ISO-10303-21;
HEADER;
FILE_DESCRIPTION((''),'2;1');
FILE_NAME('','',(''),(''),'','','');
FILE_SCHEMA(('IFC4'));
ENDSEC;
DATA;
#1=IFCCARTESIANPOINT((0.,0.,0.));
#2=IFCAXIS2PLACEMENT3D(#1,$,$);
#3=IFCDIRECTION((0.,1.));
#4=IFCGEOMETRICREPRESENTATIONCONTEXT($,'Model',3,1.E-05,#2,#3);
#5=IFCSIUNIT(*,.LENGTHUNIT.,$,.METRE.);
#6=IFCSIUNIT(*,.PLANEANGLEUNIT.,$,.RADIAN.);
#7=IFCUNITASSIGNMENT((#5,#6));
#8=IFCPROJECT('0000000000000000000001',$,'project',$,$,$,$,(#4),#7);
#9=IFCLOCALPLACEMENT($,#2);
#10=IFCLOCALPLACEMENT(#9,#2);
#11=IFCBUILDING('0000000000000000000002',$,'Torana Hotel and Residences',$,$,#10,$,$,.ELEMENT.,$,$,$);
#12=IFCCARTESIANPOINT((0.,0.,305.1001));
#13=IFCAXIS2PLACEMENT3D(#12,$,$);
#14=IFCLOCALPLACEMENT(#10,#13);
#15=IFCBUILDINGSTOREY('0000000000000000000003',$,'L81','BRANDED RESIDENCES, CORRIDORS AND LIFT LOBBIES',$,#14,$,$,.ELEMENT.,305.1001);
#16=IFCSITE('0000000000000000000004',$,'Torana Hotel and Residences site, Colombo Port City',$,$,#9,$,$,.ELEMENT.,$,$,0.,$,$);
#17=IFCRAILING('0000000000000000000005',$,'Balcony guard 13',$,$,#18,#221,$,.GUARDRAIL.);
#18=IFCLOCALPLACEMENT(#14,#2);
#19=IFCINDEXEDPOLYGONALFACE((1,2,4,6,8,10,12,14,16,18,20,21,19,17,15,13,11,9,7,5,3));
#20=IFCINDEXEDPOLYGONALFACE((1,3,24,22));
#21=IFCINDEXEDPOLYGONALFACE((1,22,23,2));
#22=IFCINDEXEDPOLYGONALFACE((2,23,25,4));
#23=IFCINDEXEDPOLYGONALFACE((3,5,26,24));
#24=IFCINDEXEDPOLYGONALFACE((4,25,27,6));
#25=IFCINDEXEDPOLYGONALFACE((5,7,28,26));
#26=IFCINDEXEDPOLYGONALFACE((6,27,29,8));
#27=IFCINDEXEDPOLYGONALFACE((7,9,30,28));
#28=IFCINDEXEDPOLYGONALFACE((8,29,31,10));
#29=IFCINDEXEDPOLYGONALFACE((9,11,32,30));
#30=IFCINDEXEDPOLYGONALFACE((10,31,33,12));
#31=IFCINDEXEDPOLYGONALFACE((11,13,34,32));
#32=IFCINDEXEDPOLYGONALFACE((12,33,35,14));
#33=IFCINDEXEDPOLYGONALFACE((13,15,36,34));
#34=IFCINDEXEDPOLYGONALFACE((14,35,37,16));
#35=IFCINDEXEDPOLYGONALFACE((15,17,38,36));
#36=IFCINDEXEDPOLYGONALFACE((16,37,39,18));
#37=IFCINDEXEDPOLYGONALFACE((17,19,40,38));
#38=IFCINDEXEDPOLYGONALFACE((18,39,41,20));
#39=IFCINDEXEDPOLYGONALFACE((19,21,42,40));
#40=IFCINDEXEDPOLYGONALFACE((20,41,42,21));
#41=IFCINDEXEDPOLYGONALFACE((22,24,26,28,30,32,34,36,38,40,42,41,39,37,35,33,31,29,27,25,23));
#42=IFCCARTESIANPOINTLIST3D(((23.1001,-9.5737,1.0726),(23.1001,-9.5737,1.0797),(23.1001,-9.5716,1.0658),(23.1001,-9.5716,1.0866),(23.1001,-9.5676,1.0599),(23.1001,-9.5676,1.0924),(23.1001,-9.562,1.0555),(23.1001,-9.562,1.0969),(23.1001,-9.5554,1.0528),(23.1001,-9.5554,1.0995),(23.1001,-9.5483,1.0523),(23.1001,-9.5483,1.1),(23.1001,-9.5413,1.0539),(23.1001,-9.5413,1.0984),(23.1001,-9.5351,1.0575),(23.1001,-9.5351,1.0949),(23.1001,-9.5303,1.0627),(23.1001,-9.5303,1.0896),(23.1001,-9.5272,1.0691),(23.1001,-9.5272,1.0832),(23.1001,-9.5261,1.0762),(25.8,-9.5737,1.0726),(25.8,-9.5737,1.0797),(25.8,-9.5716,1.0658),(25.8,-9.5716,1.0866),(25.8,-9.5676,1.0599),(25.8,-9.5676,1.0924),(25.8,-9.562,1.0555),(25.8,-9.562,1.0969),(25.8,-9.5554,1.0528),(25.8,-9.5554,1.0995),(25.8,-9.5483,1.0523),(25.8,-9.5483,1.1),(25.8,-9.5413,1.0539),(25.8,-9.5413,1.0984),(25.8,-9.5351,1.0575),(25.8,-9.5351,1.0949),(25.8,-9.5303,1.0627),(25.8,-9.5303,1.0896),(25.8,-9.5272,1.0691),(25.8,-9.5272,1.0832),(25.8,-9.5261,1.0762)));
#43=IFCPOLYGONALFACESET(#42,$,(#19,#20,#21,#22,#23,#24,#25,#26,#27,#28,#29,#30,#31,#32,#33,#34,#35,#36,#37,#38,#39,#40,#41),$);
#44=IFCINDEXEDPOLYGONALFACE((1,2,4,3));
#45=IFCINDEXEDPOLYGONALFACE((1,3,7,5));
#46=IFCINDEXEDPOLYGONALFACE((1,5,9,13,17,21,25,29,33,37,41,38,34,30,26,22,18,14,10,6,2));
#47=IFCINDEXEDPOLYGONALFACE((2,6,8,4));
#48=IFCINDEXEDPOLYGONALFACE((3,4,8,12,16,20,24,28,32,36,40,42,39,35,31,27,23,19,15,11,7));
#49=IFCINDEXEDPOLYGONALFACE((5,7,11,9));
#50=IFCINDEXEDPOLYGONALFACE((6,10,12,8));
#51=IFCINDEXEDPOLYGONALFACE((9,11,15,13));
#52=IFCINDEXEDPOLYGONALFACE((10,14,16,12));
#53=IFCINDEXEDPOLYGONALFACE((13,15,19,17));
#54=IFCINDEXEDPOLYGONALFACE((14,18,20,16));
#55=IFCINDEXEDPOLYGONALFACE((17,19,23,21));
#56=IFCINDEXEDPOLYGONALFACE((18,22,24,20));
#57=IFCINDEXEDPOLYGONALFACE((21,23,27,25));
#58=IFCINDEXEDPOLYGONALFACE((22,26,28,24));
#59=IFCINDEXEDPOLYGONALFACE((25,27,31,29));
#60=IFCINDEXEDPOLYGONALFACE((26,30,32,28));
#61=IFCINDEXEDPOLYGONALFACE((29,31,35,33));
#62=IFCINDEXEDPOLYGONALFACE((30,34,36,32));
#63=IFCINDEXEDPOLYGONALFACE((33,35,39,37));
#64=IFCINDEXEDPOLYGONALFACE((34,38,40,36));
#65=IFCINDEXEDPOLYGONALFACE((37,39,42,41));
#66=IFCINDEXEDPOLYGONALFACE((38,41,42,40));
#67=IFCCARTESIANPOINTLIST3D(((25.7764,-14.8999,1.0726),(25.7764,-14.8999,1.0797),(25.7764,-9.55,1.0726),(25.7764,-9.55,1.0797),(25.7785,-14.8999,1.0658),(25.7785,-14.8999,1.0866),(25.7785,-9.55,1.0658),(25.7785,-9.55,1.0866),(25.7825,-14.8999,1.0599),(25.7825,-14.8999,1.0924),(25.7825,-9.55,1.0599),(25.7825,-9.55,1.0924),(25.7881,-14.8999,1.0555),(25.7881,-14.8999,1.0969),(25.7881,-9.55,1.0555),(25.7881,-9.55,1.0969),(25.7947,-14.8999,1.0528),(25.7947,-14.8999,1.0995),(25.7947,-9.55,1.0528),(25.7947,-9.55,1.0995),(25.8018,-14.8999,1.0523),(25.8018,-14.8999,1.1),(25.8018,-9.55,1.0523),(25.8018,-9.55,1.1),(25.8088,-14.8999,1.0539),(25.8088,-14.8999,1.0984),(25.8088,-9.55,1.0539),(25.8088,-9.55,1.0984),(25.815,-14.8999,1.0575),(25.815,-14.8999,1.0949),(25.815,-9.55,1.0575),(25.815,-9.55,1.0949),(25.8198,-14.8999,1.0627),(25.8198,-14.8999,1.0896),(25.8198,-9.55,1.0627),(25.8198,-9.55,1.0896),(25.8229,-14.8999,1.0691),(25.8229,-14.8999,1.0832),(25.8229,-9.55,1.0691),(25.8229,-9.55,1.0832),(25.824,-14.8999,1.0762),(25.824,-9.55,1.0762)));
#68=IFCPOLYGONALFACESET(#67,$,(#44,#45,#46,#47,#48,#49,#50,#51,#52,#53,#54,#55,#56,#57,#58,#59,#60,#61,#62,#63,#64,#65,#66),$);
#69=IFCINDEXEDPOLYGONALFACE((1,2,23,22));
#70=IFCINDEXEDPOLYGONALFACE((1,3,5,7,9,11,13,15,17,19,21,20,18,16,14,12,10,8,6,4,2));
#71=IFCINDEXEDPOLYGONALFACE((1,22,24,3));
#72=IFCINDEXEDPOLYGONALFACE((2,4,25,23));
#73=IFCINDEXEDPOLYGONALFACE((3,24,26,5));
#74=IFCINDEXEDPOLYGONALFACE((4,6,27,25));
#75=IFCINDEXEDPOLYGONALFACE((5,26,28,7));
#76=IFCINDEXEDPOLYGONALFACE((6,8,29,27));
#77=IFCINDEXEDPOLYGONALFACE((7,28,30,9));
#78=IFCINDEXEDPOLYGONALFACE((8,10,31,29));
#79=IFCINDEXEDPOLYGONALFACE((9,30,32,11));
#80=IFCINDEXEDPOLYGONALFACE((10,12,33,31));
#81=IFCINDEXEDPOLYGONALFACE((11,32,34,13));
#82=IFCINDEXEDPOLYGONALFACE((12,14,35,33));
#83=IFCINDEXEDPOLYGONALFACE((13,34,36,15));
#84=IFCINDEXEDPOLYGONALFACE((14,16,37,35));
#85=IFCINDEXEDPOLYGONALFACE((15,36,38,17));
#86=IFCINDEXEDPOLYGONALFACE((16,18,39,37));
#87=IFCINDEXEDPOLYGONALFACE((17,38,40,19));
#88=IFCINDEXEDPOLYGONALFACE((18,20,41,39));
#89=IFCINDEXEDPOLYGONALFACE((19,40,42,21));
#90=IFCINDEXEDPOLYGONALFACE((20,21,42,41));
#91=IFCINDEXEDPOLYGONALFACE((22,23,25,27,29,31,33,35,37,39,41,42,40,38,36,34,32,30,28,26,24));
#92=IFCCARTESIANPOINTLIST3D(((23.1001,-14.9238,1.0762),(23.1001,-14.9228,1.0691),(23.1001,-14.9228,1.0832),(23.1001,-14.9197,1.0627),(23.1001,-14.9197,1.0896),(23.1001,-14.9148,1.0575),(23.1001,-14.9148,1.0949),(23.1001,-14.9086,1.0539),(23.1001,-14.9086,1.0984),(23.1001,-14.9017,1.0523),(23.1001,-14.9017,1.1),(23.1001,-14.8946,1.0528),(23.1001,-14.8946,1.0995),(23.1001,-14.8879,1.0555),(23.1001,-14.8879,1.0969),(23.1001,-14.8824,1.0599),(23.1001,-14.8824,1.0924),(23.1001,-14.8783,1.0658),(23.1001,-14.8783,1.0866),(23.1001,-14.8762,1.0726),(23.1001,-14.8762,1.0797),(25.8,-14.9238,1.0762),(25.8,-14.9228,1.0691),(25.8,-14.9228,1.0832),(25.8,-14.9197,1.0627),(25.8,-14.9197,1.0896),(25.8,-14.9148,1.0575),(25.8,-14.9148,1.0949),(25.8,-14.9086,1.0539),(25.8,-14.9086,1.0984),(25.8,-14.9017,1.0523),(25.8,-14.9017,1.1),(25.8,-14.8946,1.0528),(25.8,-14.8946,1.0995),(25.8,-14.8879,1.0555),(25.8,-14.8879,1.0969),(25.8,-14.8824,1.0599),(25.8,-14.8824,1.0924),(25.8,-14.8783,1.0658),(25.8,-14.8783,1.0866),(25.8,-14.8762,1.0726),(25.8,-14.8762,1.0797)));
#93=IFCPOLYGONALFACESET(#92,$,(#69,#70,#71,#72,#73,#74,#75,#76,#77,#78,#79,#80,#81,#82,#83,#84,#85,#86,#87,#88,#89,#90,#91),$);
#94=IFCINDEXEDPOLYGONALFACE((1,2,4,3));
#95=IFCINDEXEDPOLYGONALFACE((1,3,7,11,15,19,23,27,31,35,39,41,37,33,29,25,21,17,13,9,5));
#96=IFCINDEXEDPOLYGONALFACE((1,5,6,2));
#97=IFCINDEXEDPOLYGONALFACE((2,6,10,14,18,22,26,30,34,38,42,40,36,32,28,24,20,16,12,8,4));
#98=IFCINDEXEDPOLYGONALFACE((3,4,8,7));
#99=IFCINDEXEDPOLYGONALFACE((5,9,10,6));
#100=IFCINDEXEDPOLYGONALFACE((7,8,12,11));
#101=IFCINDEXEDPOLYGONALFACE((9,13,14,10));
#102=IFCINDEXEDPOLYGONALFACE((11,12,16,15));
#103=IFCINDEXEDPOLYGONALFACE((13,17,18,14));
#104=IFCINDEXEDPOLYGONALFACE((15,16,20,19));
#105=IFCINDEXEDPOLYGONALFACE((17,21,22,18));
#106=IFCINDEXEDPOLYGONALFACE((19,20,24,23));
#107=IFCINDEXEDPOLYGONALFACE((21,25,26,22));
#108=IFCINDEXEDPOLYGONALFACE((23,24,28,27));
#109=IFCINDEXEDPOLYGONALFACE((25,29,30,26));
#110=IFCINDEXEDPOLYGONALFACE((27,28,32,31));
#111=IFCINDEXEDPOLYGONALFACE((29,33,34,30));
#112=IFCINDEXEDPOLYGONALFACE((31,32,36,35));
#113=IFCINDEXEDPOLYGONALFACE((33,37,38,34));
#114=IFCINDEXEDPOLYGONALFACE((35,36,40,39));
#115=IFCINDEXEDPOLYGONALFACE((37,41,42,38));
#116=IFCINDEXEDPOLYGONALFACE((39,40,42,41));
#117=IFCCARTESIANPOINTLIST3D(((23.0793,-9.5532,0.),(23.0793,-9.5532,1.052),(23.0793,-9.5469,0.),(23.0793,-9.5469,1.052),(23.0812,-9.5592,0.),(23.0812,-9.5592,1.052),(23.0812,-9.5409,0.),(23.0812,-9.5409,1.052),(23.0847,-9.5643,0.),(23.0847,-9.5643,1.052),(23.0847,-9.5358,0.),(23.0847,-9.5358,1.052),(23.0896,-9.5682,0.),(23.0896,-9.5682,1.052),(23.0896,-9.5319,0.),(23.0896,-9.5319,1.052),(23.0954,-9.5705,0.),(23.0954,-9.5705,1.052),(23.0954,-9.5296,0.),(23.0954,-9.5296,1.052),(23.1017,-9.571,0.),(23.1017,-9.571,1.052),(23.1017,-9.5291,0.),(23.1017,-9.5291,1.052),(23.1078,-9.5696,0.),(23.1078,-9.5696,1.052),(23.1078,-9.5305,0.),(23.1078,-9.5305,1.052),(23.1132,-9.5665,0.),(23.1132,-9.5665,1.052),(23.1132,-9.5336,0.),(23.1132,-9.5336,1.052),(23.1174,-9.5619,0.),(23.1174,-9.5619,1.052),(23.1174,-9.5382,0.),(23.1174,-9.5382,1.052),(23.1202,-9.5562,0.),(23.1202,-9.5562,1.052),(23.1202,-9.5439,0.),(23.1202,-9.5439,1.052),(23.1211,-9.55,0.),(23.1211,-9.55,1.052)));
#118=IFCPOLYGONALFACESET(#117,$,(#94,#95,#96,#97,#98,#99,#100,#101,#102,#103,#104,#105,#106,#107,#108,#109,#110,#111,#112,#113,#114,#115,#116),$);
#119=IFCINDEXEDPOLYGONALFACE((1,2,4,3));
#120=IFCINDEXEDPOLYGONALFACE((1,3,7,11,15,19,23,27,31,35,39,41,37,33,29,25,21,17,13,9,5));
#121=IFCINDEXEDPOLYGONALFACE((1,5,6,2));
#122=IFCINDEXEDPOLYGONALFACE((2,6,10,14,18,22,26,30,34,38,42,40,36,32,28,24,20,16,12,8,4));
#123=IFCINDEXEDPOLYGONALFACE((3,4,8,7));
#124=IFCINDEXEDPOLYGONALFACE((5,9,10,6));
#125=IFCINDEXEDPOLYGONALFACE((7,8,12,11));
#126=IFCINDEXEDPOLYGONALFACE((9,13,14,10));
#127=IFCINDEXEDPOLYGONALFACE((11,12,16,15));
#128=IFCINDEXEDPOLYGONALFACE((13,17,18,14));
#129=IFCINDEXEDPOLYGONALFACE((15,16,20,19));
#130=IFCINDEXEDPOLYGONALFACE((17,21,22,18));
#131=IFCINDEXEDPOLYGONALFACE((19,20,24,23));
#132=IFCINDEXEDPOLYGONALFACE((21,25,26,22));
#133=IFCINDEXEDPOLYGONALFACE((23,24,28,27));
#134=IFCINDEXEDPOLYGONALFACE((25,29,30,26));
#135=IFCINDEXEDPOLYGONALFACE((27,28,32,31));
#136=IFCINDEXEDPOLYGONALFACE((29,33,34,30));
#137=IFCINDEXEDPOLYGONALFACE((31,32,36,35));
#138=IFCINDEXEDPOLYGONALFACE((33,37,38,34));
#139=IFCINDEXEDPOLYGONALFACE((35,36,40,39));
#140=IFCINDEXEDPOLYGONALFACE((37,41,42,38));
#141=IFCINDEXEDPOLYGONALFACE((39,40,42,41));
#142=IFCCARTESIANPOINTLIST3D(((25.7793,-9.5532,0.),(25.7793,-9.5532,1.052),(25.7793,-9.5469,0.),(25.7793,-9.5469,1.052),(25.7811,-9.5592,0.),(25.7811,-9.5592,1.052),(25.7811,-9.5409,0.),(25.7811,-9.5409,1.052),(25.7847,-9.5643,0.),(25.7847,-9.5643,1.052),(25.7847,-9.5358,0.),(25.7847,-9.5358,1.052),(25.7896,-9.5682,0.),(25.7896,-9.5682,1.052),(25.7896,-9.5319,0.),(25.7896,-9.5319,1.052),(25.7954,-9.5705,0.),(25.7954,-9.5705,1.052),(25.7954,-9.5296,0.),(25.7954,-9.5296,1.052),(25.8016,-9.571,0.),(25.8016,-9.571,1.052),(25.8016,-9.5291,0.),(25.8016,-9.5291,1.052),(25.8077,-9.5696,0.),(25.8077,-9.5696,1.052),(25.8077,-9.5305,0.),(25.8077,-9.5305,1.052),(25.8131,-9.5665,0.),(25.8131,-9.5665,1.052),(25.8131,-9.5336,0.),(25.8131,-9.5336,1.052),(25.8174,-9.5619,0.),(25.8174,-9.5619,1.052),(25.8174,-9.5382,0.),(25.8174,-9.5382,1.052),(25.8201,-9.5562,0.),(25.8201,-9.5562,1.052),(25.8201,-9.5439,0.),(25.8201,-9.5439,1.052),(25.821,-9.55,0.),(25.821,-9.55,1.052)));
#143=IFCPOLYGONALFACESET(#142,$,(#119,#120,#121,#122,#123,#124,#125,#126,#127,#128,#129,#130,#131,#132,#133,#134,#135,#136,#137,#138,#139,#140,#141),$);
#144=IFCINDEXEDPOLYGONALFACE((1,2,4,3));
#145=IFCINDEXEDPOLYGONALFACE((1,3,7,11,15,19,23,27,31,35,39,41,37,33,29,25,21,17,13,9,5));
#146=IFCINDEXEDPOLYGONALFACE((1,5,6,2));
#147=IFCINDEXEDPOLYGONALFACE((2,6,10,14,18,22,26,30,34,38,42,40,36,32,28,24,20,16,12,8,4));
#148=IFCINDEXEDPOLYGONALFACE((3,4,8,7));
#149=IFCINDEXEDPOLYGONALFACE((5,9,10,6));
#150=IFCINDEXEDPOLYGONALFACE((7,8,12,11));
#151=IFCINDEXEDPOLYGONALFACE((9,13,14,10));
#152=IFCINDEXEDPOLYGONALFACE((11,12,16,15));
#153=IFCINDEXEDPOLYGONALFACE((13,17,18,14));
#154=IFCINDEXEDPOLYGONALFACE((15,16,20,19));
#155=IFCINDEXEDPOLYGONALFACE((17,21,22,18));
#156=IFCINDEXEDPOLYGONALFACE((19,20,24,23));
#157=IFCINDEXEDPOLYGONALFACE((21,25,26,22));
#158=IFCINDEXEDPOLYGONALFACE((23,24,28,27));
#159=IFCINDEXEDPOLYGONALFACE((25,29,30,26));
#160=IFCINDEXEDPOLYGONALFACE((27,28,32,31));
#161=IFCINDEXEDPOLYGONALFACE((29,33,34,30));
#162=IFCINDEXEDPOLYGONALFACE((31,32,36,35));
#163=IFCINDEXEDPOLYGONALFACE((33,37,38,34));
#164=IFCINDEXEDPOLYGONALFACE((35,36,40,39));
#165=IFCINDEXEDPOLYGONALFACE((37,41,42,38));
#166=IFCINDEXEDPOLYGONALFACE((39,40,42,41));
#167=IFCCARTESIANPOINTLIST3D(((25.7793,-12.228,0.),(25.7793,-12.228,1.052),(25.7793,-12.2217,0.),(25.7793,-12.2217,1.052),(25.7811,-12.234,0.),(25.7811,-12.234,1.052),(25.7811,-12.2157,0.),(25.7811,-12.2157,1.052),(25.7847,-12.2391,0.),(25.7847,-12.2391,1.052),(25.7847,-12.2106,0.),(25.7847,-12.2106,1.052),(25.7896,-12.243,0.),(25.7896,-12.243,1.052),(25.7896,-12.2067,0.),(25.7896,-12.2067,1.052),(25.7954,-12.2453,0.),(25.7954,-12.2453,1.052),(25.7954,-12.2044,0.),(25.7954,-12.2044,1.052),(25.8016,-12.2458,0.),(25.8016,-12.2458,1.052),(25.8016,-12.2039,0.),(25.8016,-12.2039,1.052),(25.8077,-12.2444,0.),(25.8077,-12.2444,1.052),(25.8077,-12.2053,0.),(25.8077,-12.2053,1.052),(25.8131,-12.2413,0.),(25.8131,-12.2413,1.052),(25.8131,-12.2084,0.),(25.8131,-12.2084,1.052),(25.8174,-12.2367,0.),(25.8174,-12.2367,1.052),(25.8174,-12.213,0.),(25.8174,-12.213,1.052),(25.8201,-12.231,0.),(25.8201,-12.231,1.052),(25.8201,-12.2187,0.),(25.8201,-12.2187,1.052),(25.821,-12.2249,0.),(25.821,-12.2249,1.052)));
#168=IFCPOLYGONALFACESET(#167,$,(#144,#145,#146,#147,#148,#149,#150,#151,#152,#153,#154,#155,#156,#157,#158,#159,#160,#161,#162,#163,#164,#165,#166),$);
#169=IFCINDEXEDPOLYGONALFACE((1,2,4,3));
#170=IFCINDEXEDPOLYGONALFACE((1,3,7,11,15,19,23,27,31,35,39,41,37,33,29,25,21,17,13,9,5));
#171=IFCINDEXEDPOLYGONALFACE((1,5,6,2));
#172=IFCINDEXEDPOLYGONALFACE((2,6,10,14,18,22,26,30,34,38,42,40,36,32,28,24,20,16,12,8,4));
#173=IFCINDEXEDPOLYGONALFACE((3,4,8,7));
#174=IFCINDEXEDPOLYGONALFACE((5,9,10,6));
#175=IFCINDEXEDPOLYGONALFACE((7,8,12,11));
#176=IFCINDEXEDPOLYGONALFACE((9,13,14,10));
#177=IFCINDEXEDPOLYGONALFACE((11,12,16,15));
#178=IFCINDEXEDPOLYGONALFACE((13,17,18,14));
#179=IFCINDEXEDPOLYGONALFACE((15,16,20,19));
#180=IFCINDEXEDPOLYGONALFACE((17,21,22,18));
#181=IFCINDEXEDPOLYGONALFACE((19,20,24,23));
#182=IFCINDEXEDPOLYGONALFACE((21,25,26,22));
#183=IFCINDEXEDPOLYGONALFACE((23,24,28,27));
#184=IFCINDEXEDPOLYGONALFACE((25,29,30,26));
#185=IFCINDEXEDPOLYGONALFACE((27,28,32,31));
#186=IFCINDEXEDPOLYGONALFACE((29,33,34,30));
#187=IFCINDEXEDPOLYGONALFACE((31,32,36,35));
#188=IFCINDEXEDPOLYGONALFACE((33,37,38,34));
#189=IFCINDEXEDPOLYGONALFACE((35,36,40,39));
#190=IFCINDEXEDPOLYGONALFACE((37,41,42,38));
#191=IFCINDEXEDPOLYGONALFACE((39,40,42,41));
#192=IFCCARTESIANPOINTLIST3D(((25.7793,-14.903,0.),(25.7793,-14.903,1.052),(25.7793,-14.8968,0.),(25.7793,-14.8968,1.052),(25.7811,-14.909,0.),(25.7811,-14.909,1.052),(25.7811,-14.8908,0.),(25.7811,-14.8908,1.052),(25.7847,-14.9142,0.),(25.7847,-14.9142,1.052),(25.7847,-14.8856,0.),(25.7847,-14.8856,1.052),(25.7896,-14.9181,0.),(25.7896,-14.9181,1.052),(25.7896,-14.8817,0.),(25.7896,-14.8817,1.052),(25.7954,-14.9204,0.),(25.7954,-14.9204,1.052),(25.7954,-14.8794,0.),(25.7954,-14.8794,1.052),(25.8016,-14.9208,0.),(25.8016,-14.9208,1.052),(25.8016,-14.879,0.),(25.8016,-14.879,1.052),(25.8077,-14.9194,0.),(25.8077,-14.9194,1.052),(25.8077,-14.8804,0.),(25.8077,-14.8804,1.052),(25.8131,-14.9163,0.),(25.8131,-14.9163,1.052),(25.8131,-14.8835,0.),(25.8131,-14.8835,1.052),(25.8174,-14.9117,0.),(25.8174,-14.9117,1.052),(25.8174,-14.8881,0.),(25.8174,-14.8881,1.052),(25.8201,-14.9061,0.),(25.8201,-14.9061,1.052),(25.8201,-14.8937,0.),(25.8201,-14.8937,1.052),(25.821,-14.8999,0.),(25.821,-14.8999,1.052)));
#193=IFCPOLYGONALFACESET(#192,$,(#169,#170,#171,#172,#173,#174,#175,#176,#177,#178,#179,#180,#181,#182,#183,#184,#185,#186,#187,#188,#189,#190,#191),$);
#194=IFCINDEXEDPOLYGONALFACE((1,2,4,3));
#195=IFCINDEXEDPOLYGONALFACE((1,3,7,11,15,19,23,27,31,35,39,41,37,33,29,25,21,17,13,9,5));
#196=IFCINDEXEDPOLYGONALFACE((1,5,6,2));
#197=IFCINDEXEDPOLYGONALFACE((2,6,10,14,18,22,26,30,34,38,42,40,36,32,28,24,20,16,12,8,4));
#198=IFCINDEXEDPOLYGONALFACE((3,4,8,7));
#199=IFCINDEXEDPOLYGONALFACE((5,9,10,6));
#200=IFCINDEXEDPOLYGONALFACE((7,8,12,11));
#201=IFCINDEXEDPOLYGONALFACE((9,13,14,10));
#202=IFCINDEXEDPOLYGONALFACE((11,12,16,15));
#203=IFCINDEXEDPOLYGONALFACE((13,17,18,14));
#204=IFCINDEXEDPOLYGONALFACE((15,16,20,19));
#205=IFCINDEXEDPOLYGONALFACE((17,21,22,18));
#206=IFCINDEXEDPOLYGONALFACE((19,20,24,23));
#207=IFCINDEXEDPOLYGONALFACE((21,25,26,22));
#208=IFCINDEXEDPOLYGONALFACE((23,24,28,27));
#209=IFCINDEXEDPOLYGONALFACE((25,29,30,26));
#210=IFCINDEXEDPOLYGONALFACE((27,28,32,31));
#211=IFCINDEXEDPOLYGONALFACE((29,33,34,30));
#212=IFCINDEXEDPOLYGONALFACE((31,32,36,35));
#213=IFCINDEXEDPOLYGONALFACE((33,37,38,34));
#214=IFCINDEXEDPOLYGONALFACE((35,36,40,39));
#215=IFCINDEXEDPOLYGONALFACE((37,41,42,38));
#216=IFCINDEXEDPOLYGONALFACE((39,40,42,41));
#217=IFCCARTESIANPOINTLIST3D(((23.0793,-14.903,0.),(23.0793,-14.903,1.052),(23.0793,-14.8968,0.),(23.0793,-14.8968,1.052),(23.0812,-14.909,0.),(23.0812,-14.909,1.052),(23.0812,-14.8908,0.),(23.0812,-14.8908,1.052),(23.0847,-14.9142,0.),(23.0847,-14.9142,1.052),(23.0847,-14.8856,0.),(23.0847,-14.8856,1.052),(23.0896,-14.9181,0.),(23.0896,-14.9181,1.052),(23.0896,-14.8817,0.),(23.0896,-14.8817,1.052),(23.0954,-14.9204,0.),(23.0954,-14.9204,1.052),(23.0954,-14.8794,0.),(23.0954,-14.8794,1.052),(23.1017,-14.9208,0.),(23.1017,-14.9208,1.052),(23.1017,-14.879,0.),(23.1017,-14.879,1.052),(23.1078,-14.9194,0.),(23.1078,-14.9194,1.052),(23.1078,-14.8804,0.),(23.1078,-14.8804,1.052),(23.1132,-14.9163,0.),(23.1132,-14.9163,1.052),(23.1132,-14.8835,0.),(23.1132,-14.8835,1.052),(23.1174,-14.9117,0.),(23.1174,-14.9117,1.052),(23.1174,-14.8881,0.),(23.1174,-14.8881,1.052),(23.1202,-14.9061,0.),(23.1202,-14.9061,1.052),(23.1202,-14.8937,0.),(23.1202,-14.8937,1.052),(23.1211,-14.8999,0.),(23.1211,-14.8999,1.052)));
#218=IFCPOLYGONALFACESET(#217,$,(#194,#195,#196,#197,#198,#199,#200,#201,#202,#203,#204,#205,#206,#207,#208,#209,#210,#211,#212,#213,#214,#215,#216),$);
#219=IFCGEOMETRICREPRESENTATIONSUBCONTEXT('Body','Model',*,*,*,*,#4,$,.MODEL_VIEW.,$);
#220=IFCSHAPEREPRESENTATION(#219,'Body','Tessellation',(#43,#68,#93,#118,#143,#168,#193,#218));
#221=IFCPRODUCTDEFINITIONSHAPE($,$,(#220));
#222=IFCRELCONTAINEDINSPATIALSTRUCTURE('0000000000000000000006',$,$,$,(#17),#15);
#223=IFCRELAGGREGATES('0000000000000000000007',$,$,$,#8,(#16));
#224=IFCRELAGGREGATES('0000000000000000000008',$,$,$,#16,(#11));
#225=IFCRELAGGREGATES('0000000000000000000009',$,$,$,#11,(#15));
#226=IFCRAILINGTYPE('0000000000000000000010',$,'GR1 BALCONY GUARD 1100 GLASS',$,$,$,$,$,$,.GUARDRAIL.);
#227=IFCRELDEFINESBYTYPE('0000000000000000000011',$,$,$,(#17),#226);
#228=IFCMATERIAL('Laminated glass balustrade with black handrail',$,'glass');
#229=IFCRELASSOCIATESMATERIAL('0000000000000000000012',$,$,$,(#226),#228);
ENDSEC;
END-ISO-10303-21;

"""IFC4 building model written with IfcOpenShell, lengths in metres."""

from ifc_helpers import new_model, si_unit, direction, frame, origin, origin_2d, place, context, subcontext, project, spatial, circle, extrude, material, type_object, element, save


model = new_model("IFC4")

# Units and contexts
model_context = context("Model", 3, precision=1e-05, world=origin(), true_north=direction((0.0, 1.0)))
body_context = subcontext(model_context, "Body", "Model", "MODEL_VIEW")
ifc_project = project(units=[si_unit("LENGTHUNIT", "METRE"), si_unit("PLANEANGLEUNIT", "RADIAN")], contexts=[model_context])

# Site, building, storey
site_placement = place(None, origin())
site = spatial("IfcSite", under=ifc_project, at=site_placement, Name="Torana Hotel and Residences site, Colombo Port City", CompositionType="ELEMENT", RefElevation=0.0)
building_placement = place(site_placement, origin())
building = spatial("IfcBuilding", under=site, at=building_placement, Name="Torana Hotel and Residences", CompositionType="ELEMENT")
storey_placement = place(building_placement, frame((0.0, 0.0, 305.1001)))
storey = spatial("IfcBuildingStorey", under=building, at=storey_placement, Name="L81", Description="BRANDED RESIDENCES, CORRIDORS AND LIFT LOBBIES", CompositionType="ELEMENT", Elevation=305.1001)

# Railing
ifc_material_1 = material(Name="Laminated glass balustrade with black handrail", Category="glass")
railing_type = type_object("IfcRailingType", Name="GR1 BALCONY GUARD 1100 GLASS", PredefinedType="GUARDRAIL", material=ifc_material_1)
railing_1_placement = place(storey_placement, frame((23.1001, -9.55, 0.0)))
element("IfcRailing", 1, at=railing_1_placement, inside=storey, type_object=railing_type, Name="Balcony guard 13", PredefinedType="GUARDRAIL", context=body_context, shape_type="SweptSolid", body=[
    extrude(circle(Radius=0.0239, at=origin_2d()), frame((0.0, 0.0, 1.0762), z_axis=(1.0, 0.0, 0.0), x_axis=(0.0, 1.0, 0.0)), (0.0, 0.0, 1.0), 2.7),
    extrude(circle(Radius=0.0239, at=origin_2d()), frame((2.7, 0.0, 1.0762), z_axis=(0.0, -1.0, 0.0), x_axis=(1.0, 0.0, 0.0)), (0.0, 0.0, 1.0), 5.3499),
    extrude(circle(Radius=0.0239, at=origin_2d()), frame((2.7, -5.3499, 1.0762), z_axis=(-1.0, 0.0, 0.0), x_axis=(0.0, -1.0, 0.0)), (0.0, 0.0, 1.0), 2.7),
    extrude(circle(Radius=0.021, at=origin_2d()), origin(), (0.0, 0.0, 1.0), 1.052),
    extrude(circle(Radius=0.021, at=origin_2d()), frame((2.7, 0.0, 0.0)), (0.0, 0.0, 1.0), 1.052),
    extrude(circle(Radius=0.021, at=origin_2d()), frame((2.7, -2.6748, 0.0)), (0.0, 0.0, 1.0), 1.052),
    extrude(circle(Radius=0.021, at=origin_2d()), frame((2.7, -5.3499, 0.0)), (0.0, 0.0, 1.0), 1.052),
    extrude(circle(Radius=0.021, at=origin_2d()), frame((0.0, -5.3499, 0.0)), (0.0, 0.0, 1.0), 1.052),
])

save(model, "model.ifc")
